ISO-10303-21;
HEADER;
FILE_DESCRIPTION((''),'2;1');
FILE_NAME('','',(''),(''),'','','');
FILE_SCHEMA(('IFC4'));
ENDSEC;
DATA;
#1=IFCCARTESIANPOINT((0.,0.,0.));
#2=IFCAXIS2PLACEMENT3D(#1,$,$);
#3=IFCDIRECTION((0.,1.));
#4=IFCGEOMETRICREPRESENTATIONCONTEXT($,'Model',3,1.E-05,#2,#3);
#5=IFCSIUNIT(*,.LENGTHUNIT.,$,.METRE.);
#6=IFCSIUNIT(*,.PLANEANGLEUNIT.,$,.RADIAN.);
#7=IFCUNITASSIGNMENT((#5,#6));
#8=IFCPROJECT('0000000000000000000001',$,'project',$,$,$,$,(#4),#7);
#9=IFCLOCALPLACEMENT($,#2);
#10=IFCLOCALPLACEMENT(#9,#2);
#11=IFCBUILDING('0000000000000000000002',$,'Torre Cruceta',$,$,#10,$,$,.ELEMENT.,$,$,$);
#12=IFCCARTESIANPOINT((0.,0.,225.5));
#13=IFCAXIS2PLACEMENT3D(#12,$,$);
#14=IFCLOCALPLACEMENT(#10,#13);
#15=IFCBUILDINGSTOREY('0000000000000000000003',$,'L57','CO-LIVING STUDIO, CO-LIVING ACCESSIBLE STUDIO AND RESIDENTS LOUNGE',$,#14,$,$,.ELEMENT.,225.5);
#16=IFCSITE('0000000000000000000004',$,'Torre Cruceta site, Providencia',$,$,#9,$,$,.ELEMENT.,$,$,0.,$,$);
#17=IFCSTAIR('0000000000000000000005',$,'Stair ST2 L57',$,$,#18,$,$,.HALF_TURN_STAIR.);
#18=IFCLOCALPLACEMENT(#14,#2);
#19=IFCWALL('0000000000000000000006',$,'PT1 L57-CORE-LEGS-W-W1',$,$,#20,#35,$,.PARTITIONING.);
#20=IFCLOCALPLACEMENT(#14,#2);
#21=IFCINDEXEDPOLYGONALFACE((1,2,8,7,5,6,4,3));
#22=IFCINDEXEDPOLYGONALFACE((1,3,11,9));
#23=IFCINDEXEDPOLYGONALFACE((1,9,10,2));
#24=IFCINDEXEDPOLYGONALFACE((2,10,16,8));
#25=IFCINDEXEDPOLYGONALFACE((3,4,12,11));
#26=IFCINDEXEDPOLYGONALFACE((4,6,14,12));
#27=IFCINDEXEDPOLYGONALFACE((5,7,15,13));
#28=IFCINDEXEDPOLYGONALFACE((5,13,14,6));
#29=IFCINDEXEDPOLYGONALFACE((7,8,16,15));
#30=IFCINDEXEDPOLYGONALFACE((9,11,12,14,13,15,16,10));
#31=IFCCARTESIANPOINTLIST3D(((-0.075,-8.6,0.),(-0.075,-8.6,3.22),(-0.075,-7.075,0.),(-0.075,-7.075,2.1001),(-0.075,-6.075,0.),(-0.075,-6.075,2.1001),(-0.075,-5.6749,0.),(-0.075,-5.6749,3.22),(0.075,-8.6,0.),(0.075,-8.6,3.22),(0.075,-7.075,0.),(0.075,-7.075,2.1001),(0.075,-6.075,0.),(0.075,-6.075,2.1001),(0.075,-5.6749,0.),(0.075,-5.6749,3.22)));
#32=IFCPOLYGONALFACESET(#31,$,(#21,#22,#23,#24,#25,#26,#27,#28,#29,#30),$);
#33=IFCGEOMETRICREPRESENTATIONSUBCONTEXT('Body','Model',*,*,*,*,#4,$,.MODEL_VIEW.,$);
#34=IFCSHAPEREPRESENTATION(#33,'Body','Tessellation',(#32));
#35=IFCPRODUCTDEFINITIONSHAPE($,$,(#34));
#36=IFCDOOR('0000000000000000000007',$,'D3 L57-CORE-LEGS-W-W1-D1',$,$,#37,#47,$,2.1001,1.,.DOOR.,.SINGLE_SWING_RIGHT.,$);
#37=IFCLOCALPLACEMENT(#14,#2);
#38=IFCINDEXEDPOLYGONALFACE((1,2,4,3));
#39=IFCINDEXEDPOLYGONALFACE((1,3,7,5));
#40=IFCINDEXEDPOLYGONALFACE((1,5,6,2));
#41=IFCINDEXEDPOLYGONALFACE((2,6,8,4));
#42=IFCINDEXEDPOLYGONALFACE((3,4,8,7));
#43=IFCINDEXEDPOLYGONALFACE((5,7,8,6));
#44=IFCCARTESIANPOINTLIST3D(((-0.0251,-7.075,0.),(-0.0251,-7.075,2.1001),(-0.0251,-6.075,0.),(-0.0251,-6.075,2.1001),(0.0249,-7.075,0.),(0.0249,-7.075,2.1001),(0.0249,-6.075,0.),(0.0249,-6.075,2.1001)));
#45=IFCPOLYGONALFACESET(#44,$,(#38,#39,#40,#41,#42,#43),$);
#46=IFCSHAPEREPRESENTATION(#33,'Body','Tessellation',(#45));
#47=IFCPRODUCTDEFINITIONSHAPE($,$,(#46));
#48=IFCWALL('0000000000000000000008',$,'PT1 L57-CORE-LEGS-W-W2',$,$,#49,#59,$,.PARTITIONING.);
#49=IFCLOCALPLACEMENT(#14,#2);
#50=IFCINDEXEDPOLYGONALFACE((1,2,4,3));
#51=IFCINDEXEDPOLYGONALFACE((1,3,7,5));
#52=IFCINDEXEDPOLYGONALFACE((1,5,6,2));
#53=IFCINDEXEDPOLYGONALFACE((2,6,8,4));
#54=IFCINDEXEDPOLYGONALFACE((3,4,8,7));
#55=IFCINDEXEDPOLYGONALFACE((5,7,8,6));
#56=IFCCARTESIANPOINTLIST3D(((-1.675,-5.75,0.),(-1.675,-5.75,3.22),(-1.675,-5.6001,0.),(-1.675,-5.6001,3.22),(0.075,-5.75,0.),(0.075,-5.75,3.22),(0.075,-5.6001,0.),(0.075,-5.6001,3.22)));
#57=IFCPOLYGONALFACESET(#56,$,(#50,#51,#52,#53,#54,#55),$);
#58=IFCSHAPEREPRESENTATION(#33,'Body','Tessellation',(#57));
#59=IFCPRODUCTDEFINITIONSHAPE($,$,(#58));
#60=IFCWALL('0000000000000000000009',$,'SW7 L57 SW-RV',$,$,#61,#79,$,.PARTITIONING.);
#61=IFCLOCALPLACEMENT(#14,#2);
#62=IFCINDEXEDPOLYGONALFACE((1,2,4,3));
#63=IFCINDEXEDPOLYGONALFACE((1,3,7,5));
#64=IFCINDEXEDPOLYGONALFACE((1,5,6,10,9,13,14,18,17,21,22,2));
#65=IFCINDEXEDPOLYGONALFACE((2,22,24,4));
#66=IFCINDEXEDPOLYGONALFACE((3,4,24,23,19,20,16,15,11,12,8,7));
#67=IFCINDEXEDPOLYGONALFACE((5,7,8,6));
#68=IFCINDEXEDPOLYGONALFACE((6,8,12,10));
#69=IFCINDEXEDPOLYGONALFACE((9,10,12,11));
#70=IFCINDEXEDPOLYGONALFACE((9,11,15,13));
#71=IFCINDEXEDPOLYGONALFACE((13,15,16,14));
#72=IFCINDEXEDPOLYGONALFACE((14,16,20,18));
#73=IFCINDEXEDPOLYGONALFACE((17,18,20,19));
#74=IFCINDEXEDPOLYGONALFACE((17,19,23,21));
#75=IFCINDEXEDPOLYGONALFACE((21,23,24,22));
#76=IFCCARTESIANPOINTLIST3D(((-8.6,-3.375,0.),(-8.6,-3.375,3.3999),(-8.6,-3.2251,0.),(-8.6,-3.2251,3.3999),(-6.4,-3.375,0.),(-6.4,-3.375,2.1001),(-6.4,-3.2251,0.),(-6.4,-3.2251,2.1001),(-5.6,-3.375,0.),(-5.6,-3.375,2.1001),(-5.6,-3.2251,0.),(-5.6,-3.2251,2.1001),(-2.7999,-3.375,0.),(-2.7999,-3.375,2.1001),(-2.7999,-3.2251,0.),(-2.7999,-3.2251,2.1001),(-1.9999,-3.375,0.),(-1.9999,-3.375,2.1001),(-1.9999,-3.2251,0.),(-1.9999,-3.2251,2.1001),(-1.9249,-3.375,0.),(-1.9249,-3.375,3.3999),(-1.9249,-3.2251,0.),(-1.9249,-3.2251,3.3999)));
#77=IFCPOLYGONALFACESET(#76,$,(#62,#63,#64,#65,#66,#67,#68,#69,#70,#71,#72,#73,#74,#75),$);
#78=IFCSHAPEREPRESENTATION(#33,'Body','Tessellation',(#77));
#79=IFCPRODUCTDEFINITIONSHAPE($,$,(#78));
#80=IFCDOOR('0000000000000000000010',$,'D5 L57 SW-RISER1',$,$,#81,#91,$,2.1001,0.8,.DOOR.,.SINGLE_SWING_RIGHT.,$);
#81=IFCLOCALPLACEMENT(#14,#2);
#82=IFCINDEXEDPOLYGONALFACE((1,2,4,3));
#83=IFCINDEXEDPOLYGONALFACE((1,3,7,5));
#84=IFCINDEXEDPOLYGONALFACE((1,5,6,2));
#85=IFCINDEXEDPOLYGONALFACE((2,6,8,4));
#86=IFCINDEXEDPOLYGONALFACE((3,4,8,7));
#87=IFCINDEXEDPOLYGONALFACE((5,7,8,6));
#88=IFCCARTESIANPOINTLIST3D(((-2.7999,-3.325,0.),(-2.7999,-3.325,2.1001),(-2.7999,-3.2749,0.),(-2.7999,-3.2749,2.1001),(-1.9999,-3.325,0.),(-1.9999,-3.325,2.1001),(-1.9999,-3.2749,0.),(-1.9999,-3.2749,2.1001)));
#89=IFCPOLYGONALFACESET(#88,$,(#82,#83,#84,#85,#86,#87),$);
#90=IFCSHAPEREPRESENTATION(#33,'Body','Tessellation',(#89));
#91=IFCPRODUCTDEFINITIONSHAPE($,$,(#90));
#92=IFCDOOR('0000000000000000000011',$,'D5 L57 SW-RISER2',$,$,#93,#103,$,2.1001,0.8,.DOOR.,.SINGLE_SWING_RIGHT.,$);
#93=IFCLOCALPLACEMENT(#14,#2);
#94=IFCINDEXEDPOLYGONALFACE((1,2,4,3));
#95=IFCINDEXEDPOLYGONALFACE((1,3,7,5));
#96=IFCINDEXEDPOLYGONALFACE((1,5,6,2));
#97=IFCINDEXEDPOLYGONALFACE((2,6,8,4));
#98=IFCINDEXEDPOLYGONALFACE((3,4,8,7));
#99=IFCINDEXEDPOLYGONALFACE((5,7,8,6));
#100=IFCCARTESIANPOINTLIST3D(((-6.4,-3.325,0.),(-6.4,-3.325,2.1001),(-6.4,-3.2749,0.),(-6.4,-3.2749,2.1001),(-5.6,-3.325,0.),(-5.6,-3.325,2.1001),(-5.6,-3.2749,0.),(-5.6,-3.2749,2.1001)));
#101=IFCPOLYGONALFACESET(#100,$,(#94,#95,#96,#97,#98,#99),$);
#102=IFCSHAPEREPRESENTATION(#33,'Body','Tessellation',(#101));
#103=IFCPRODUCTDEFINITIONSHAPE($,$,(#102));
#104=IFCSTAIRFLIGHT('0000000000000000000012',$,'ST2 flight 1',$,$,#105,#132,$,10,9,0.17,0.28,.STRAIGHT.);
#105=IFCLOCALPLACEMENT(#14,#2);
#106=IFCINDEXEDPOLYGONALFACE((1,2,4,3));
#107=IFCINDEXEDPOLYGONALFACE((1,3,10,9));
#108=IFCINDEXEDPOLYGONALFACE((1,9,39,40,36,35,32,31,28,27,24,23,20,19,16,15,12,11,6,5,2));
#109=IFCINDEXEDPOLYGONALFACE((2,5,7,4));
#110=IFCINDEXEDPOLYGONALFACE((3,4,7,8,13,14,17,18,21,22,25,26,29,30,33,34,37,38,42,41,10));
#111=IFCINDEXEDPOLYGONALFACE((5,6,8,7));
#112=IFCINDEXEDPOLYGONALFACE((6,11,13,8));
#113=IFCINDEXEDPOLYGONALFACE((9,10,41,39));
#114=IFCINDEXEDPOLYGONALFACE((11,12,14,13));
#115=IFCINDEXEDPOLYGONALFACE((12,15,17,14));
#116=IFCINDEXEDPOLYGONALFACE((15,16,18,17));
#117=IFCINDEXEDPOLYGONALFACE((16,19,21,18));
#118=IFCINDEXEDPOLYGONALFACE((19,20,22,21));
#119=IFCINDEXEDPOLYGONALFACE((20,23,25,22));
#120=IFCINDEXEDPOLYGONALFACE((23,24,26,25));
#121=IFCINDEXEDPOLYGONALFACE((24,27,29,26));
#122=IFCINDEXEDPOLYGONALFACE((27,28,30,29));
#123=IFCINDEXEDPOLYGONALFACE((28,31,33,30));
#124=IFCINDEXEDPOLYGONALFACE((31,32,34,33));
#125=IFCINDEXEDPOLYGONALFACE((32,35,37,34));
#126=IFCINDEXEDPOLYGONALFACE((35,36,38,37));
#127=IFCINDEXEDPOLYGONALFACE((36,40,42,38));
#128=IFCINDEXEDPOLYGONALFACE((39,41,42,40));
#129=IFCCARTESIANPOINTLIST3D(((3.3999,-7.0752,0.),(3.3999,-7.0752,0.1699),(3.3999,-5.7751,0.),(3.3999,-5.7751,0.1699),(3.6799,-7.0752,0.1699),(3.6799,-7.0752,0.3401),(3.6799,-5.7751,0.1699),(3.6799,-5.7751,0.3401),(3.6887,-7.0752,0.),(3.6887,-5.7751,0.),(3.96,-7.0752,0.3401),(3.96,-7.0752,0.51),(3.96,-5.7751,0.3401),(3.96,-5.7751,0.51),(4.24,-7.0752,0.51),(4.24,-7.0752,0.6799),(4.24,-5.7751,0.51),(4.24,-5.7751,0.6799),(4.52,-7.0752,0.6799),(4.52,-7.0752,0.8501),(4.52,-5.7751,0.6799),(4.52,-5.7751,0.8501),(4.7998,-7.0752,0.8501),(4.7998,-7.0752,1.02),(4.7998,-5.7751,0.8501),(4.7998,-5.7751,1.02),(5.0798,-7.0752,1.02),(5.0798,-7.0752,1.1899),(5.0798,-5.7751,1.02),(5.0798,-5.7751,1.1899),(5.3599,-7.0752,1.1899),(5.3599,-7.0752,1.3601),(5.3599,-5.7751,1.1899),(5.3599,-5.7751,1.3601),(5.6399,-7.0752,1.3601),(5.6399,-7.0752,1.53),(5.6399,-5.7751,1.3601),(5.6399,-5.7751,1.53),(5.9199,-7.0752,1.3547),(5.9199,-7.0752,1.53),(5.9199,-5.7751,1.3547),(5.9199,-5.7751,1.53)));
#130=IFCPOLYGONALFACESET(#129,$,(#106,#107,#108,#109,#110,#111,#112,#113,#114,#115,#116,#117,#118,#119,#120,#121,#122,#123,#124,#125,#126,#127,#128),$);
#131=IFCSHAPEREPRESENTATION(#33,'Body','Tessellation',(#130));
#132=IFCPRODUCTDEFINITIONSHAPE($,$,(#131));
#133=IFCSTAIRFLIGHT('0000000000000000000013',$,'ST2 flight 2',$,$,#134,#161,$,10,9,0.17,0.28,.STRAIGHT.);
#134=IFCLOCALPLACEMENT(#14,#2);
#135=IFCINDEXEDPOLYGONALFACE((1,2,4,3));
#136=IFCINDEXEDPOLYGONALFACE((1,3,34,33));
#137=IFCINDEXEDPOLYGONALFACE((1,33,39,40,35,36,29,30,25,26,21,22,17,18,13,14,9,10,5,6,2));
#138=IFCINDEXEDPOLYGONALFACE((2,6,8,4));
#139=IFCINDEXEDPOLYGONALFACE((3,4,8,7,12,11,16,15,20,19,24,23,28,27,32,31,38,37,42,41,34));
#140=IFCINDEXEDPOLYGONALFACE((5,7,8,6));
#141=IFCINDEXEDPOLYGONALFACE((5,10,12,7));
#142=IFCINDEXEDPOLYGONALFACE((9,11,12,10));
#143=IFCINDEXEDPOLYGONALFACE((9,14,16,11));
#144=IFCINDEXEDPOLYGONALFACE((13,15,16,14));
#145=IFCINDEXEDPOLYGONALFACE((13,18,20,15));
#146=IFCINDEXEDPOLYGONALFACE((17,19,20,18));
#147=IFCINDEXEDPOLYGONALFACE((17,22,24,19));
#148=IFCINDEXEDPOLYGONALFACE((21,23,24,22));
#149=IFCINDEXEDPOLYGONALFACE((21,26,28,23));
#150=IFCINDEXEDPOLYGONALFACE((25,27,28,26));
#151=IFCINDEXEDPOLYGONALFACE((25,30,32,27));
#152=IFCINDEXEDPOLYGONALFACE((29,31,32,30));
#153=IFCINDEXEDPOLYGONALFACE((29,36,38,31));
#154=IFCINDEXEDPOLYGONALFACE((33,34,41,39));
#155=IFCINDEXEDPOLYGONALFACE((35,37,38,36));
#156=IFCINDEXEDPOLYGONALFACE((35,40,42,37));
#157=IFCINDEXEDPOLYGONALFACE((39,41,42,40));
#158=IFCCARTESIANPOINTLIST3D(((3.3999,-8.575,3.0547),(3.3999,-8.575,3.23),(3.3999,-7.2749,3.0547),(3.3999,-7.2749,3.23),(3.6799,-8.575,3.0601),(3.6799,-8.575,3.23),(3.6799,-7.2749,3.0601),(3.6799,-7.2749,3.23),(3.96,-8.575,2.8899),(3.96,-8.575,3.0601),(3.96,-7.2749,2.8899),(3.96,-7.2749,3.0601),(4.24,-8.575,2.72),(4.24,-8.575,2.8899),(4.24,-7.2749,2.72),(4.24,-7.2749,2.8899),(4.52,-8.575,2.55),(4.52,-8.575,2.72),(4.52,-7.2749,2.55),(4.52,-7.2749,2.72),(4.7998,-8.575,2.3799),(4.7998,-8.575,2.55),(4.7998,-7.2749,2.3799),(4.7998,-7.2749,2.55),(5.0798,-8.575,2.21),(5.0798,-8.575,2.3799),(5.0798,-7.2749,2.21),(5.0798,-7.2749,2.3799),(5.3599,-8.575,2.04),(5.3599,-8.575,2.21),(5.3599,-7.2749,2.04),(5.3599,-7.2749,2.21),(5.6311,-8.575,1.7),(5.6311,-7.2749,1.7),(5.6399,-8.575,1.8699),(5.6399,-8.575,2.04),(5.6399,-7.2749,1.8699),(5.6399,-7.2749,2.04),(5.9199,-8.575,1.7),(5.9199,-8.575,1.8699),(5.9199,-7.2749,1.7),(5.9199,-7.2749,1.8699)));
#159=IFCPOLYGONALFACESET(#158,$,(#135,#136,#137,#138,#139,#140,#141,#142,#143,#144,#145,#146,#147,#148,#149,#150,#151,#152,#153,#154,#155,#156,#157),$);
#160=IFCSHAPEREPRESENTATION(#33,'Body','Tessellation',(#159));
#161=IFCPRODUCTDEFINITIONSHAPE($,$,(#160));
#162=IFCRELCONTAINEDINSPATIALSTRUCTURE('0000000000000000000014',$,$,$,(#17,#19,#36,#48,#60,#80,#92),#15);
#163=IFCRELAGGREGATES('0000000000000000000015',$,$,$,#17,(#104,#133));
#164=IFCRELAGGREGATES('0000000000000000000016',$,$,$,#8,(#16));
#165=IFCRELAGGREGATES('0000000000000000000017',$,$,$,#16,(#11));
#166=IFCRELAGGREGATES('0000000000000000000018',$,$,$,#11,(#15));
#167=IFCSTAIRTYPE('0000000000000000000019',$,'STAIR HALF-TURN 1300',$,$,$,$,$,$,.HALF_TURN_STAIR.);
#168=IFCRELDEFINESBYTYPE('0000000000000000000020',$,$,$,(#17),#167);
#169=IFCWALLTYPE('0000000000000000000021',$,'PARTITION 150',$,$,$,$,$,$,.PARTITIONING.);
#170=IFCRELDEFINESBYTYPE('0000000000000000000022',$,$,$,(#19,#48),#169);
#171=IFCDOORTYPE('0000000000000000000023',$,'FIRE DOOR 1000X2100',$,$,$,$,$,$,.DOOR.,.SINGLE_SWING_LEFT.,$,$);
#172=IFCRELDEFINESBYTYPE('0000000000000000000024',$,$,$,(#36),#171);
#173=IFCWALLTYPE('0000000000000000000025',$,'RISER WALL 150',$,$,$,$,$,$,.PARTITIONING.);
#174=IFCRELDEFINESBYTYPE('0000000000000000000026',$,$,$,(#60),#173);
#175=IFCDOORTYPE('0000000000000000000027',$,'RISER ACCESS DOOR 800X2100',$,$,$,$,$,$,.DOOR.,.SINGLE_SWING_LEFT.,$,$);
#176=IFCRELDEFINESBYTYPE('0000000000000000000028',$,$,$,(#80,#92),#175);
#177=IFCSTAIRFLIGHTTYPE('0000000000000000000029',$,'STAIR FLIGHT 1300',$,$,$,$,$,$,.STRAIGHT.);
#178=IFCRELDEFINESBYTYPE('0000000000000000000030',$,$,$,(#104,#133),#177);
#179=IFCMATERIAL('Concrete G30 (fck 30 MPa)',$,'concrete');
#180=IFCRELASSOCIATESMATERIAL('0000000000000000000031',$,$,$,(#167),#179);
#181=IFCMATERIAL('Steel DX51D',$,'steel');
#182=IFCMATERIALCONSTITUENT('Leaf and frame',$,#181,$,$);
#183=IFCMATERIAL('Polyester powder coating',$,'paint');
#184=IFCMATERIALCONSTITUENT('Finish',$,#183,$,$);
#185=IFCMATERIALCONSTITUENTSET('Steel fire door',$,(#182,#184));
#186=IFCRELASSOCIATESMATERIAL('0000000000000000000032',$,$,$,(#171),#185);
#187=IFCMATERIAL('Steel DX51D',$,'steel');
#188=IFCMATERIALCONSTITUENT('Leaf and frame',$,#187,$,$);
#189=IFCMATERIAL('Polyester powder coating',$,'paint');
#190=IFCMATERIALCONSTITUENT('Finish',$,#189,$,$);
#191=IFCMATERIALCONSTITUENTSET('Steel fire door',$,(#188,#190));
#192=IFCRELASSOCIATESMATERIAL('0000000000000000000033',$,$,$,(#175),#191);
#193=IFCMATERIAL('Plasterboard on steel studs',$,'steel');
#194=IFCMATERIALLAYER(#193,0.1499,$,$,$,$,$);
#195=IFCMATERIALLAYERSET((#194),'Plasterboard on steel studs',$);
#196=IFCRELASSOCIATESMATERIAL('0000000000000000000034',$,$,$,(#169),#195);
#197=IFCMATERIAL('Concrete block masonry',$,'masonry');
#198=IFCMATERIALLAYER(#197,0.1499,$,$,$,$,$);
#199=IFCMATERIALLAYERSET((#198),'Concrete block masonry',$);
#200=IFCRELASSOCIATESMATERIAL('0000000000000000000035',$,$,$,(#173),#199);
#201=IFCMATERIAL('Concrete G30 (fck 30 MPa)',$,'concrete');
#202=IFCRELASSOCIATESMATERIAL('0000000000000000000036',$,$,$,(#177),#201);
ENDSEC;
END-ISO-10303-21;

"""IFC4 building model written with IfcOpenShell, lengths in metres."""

from ifc_helpers import new_model, si_unit, direction, frame, frame_2d, origin, place, context, subcontext, project, spatial, polyline, rectangle, outline, extrude, material, layer, layer_set, constituent, constituent_set, type_object, element, fill, aggregate, save


model = new_model("IFC4")

# Units and contexts
model_context = context("Model", 3, precision=1e-05, world=origin(), true_north=direction((0.0, 1.0)))
body_context = subcontext(model_context, "Body", "Model", "MODEL_VIEW")
ifc_project = project(units=[si_unit("LENGTHUNIT", "METRE"), si_unit("PLANEANGLEUNIT", "RADIAN")], contexts=[model_context])

# Site, building, storey
site_placement = place(None, origin())
site = spatial("IfcSite", under=ifc_project, at=site_placement, Name="Torre Cruceta site, Providencia", CompositionType="ELEMENT", RefElevation=0.0)
building_placement = place(site_placement, origin())
building = spatial("IfcBuilding", under=site, at=building_placement, Name="Torre Cruceta", CompositionType="ELEMENT")
storey_placement = place(building_placement, frame((0.0, 0.0, 225.5)))
storey = spatial("IfcBuildingStorey", under=building, at=storey_placement, Name="L57", Description="CO-LIVING STUDIO, CO-LIVING ACCESSIBLE STUDIO AND RESIDENTS LOUNGE", CompositionType="ELEMENT", Elevation=225.5)

# Stair
ifc_material_1 = material(Name="Concrete G30 (fck 30 MPa)", Category="concrete")
stair_type = type_object("IfcStairType", Name="STAIR HALF-TURN 1300", PredefinedType="HALF_TURN_STAIR", material=ifc_material_1)
stair_1_placement = place(storey_placement, origin())
stair_1 = element("IfcStair", 1, at=stair_1_placement, inside=storey, type_object=stair_type, Name="Stair ST2 L57", PredefinedType="HALF_TURN_STAIR")

# Shared definitions
ifc_material_2 = material(Name="Steel DX51D", Category="steel")
ifc_constituent_1 = constituent(ifc_material_2, Name="Leaf and frame")
ifc_material_3 = material(Name="Polyester powder coating", Category="paint")
ifc_constituent_2 = constituent(ifc_material_3, Name="Finish")
ifc_constituent_set_1 = constituent_set(constituents=[ifc_constituent_1, ifc_constituent_2], Name="Steel fire door")
door_type_1 = type_object("IfcDoorType", Name="FIRE DOOR 1000X2100", OperationType="SINGLE_SWING_LEFT", PredefinedType="DOOR", material=ifc_constituent_set_1)

# Shared definitions
ifc_material_4 = material(Name="Steel DX51D", Category="steel")
ifc_constituent_3 = constituent(ifc_material_4, Name="Leaf and frame")
ifc_material_5 = material(Name="Polyester powder coating", Category="paint")
ifc_constituent_4 = constituent(ifc_material_5, Name="Finish")
ifc_constituent_set_2 = constituent_set(constituents=[ifc_constituent_3, ifc_constituent_4], Name="Steel fire door")
door_type_2 = type_object("IfcDoorType", Name="RISER ACCESS DOOR 800X2100", OperationType="SINGLE_SWING_LEFT", PredefinedType="DOOR", material=ifc_constituent_set_2)

# Wall, opening, door
ifc_material_6 = material(Name="Plasterboard on steel studs", Category="steel")
ifc_layer_1 = layer(ifc_material_6, 0.1499)
ifc_layer_set_1 = layer_set([ifc_layer_1], Name="Plasterboard on steel studs")
wall_type_1 = type_object("IfcWallType", Name="PARTITION 150", PredefinedType="PARTITIONING", material=ifc_layer_set_1)
wall_1_placement = place(storey_placement, frame((0.0, -5.675, 0.0), z_axis=(0.0, 0.0, 1.0), x_axis=(0.0, -1.0, 0.0)))
wall_1 = element("IfcWall", 2, at=wall_1_placement, inside=storey, type_object=wall_type_1, Name="PT1 L57-CORE-LEGS-W-W1", PredefinedType="PARTITIONING", context=body_context, shape_type="SweptSolid", body=[
    extrude(rectangle(XDim=2.925, YDim=0.1499, at=frame_2d((1.4624, 0.0))), origin(), (0.0, 0.0, 1.0), 3.22),
])
opening_1_placement = place(wall_1_placement, frame((0.3999, 0.0, 0.0)))
opening_1 = element("IfcOpeningElement", 3, at=opening_1_placement, cuts=wall_1, PredefinedType="OPENING", context=body_context, shape_type="SweptSolid", body=[
    extrude(rectangle(XDim=1.0, YDim=2.1001, at=frame_2d((0.5, 1.05))), frame((0.0, 0.085, 0.0), z_axis=(0.0, -1.0, 0.0), x_axis=(1.0, 0.0, 0.0)), (0.0, 0.0, 1.0), 0.1699),
])
door_1_placement = place(opening_1_placement, frame((1.0, 0.0, 0.0), z_axis=(0.0, 0.0, 1.0), x_axis=(-1.0, 0.0, 0.0)))
door_1 = element("IfcDoor", 4, at=door_1_placement, inside=storey, type_object=door_type_1, Name="D3 L57-CORE-LEGS-W-W1-D1", OperationType="SINGLE_SWING_RIGHT", OverallHeight=2.1001, OverallWidth=1.0, PredefinedType="DOOR", context=body_context, shape_type="SweptSolid", body=[
    extrude(rectangle(XDim=1.0, YDim=2.1001, at=frame_2d((0.5, 1.05))), frame((0.0, 0.0251, 0.0), z_axis=(0.0, -1.0, 0.0), x_axis=(1.0, 0.0, 0.0)), (0.0, 0.0, 1.0), 0.05),
])
fill(opening_1, door_1)

# Wall
wall_2_placement = place(storey_placement, frame((-1.675, -5.675, 0.0), z_axis=(0.0, 0.0, 1.0), x_axis=(1.0, 0.0, 0.0)))
element("IfcWall", 5, at=wall_2_placement, inside=storey, type_object=wall_type_1, Name="PT1 L57-CORE-LEGS-W-W2", PredefinedType="PARTITIONING", context=body_context, shape_type="SweptSolid", body=[
    extrude(rectangle(XDim=1.75, YDim=0.1499, at=frame_2d((0.875, 0.0))), origin(), (0.0, 0.0, 1.0), 3.22),
])

# Wall, openings, doors
ifc_material_7 = material(Name="Concrete block masonry", Category="masonry")
ifc_layer_2 = layer(ifc_material_7, 0.1499)
ifc_layer_set_2 = layer_set([ifc_layer_2], Name="Concrete block masonry")
wall_type_2 = type_object("IfcWallType", Name="RISER WALL 150", PredefinedType="PARTITIONING", material=ifc_layer_set_2)
wall_3_placement = place(storey_placement, frame((-1.925, -3.3, 0.0), z_axis=(0.0, 0.0, 1.0), x_axis=(-1.0, 0.0, 0.0)))
wall_3 = element("IfcWall", 6, at=wall_3_placement, inside=storey, type_object=wall_type_2, Name="SW7 L57 SW-RV", PredefinedType="PARTITIONING", context=body_context, shape_type="SweptSolid", body=[
    extrude(rectangle(XDim=6.675, YDim=0.1499, at=frame_2d((3.3374, 0.0))), origin(), (0.0, 0.0, 1.0), 3.3999),
])
opening_2_placement = place(wall_3_placement, frame((0.075, 0.0, 0.0)))
opening_2 = element("IfcOpeningElement", 7, at=opening_2_placement, cuts=wall_3, PredefinedType="OPENING", context=body_context, shape_type="SweptSolid", body=[
    extrude(rectangle(XDim=0.8, YDim=2.1001, at=frame_2d((0.3999, 1.05))), frame((0.0, 0.085, 0.0), z_axis=(0.0, -1.0, 0.0), x_axis=(1.0, 0.0, 0.0)), (0.0, 0.0, 1.0), 0.1699),
])
opening_3_placement = place(wall_3_placement, frame((3.675, 0.0, 0.0)))
opening_3 = element("IfcOpeningElement", 8, at=opening_3_placement, cuts=wall_3, PredefinedType="OPENING", context=body_context, shape_type="SweptSolid", body=[
    extrude(rectangle(XDim=0.8, YDim=2.1001, at=frame_2d((0.3999, 1.05))), frame((0.0, 0.085, 0.0), z_axis=(0.0, -1.0, 0.0), x_axis=(1.0, 0.0, 0.0)), (0.0, 0.0, 1.0), 0.1699),
])
door_2_placement = place(opening_2_placement, frame((0.8, 0.0, 0.0), z_axis=(0.0, 0.0, 1.0), x_axis=(-1.0, 0.0, 0.0)))
door_2 = element("IfcDoor", 9, at=door_2_placement, inside=storey, type_object=door_type_2, Name="D5 L57 SW-RISER1", OperationType="SINGLE_SWING_RIGHT", OverallHeight=2.1001, OverallWidth=0.8, PredefinedType="DOOR", context=body_context, shape_type="SweptSolid", body=[
    extrude(rectangle(XDim=0.8, YDim=2.1001, at=frame_2d((0.4001, 1.05))), frame((0.0, 0.0251, 0.0), z_axis=(0.0, -1.0, 0.0), x_axis=(1.0, 0.0, 0.0)), (0.0, 0.0, 1.0), 0.05),
])
fill(opening_2, door_2)
door_3_placement = place(opening_3_placement, frame((0.8, 0.0, 0.0), z_axis=(0.0, 0.0, 1.0), x_axis=(-1.0, 0.0, 0.0)))
door_3 = element("IfcDoor", 10, at=door_3_placement, inside=storey, type_object=door_type_2, Name="D5 L57 SW-RISER2", OperationType="SINGLE_SWING_RIGHT", OverallHeight=2.1001, OverallWidth=0.8, PredefinedType="DOOR", context=body_context, shape_type="SweptSolid", body=[
    extrude(rectangle(XDim=0.8, YDim=2.1001, at=frame_2d((0.4001, 1.05))), frame((0.0, 0.0251, 0.0), z_axis=(0.0, -1.0, 0.0), x_axis=(1.0, 0.0, 0.0)), (0.0, 0.0, 1.0), 0.05),
])
fill(opening_3, door_3)

# Stair flights
ifc_material_8 = material(Name="Concrete G30 (fck 30 MPa)", Category="concrete")
stair_flight_type = type_object("IfcStairFlightType", Name="STAIR FLIGHT 1300", PredefinedType="STRAIGHT", material=ifc_material_8)
stair_flight_1_placement = place(storey_placement, frame((3.3999, -6.425, 0.0), z_axis=(0.0, 0.0, 1.0), x_axis=(1.0, 0.0, 0.0)))
stair_flight_1 = element("IfcStairFlight", 11, at=stair_flight_1_placement, type_object=stair_flight_type, Name="ST2 flight 1", NumberOfRisers=10, NumberOfTreads=9, PredefinedType="STRAIGHT", RiserHeight=0.17, TreadLength=0.28, context=body_context, shape_type="SweptSolid", body=[
    extrude(outline(polyline([(0.0, 0.0), (0.0, 0.1699), (0.28, 0.1699), (0.28, 0.3401), (0.5601, 0.3401), (0.5601, 0.51), (0.8401, 0.51), (0.8401, 0.6799), (1.1201, 0.6799), (1.1201, 0.8501), (1.3999, 0.8501), (1.3999, 1.02), (1.6799, 1.02), (1.6799, 1.1899), (1.96, 1.1899), (1.96, 1.3601), (2.24, 1.3601), (2.24, 1.53), (2.52, 1.53), (2.52, 1.7), (2.52, 1.3547), (0.2888, 0.0), (0.0, 0.0)])), frame((0.0, 0.6499, 0.0), z_axis=(0.0, -1.0, 0.0), x_axis=(1.0, 0.0, 0.0)), (0.0, 0.0, 1.0), 1.3),
])
stair_flight_2_placement = place(storey_placement, frame((5.9199, -7.925, 1.7), z_axis=(0.0, 0.0, 1.0), x_axis=(-1.0, 0.0, 0.0)))
stair_flight_2 = element("IfcStairFlight", 12, at=stair_flight_2_placement, type_object=stair_flight_type, Name="ST2 flight 2", NumberOfRisers=10, NumberOfTreads=9, PredefinedType="STRAIGHT", RiserHeight=0.17, TreadLength=0.28, context=body_context, shape_type="SweptSolid", body=[
    extrude(outline(polyline([(0.0, 0.0), (0.0, 0.1699), (0.28, 0.1699), (0.28, 0.3401), (0.5601, 0.3401), (0.5601, 0.51), (0.8401, 0.51), (0.8401, 0.6799), (1.1201, 0.6799), (1.1201, 0.8501), (1.3999, 0.8501), (1.3999, 1.02), (1.6799, 1.02), (1.6799, 1.1899), (1.96, 1.1899), (1.96, 1.3601), (2.24, 1.3601), (2.24, 1.53), (2.52, 1.53), (2.52, 1.7), (2.52, 1.3547), (0.2888, 0.0), (0.0, 0.0)])), frame((0.0, 0.6499, 0.0), z_axis=(0.0, -1.0, 0.0), x_axis=(1.0, 0.0, 0.0)), (0.0, 0.0, 1.0), 1.3),
])
aggregate(stair_1, [stair_flight_1, stair_flight_2])

save(model, "model.ifc")
